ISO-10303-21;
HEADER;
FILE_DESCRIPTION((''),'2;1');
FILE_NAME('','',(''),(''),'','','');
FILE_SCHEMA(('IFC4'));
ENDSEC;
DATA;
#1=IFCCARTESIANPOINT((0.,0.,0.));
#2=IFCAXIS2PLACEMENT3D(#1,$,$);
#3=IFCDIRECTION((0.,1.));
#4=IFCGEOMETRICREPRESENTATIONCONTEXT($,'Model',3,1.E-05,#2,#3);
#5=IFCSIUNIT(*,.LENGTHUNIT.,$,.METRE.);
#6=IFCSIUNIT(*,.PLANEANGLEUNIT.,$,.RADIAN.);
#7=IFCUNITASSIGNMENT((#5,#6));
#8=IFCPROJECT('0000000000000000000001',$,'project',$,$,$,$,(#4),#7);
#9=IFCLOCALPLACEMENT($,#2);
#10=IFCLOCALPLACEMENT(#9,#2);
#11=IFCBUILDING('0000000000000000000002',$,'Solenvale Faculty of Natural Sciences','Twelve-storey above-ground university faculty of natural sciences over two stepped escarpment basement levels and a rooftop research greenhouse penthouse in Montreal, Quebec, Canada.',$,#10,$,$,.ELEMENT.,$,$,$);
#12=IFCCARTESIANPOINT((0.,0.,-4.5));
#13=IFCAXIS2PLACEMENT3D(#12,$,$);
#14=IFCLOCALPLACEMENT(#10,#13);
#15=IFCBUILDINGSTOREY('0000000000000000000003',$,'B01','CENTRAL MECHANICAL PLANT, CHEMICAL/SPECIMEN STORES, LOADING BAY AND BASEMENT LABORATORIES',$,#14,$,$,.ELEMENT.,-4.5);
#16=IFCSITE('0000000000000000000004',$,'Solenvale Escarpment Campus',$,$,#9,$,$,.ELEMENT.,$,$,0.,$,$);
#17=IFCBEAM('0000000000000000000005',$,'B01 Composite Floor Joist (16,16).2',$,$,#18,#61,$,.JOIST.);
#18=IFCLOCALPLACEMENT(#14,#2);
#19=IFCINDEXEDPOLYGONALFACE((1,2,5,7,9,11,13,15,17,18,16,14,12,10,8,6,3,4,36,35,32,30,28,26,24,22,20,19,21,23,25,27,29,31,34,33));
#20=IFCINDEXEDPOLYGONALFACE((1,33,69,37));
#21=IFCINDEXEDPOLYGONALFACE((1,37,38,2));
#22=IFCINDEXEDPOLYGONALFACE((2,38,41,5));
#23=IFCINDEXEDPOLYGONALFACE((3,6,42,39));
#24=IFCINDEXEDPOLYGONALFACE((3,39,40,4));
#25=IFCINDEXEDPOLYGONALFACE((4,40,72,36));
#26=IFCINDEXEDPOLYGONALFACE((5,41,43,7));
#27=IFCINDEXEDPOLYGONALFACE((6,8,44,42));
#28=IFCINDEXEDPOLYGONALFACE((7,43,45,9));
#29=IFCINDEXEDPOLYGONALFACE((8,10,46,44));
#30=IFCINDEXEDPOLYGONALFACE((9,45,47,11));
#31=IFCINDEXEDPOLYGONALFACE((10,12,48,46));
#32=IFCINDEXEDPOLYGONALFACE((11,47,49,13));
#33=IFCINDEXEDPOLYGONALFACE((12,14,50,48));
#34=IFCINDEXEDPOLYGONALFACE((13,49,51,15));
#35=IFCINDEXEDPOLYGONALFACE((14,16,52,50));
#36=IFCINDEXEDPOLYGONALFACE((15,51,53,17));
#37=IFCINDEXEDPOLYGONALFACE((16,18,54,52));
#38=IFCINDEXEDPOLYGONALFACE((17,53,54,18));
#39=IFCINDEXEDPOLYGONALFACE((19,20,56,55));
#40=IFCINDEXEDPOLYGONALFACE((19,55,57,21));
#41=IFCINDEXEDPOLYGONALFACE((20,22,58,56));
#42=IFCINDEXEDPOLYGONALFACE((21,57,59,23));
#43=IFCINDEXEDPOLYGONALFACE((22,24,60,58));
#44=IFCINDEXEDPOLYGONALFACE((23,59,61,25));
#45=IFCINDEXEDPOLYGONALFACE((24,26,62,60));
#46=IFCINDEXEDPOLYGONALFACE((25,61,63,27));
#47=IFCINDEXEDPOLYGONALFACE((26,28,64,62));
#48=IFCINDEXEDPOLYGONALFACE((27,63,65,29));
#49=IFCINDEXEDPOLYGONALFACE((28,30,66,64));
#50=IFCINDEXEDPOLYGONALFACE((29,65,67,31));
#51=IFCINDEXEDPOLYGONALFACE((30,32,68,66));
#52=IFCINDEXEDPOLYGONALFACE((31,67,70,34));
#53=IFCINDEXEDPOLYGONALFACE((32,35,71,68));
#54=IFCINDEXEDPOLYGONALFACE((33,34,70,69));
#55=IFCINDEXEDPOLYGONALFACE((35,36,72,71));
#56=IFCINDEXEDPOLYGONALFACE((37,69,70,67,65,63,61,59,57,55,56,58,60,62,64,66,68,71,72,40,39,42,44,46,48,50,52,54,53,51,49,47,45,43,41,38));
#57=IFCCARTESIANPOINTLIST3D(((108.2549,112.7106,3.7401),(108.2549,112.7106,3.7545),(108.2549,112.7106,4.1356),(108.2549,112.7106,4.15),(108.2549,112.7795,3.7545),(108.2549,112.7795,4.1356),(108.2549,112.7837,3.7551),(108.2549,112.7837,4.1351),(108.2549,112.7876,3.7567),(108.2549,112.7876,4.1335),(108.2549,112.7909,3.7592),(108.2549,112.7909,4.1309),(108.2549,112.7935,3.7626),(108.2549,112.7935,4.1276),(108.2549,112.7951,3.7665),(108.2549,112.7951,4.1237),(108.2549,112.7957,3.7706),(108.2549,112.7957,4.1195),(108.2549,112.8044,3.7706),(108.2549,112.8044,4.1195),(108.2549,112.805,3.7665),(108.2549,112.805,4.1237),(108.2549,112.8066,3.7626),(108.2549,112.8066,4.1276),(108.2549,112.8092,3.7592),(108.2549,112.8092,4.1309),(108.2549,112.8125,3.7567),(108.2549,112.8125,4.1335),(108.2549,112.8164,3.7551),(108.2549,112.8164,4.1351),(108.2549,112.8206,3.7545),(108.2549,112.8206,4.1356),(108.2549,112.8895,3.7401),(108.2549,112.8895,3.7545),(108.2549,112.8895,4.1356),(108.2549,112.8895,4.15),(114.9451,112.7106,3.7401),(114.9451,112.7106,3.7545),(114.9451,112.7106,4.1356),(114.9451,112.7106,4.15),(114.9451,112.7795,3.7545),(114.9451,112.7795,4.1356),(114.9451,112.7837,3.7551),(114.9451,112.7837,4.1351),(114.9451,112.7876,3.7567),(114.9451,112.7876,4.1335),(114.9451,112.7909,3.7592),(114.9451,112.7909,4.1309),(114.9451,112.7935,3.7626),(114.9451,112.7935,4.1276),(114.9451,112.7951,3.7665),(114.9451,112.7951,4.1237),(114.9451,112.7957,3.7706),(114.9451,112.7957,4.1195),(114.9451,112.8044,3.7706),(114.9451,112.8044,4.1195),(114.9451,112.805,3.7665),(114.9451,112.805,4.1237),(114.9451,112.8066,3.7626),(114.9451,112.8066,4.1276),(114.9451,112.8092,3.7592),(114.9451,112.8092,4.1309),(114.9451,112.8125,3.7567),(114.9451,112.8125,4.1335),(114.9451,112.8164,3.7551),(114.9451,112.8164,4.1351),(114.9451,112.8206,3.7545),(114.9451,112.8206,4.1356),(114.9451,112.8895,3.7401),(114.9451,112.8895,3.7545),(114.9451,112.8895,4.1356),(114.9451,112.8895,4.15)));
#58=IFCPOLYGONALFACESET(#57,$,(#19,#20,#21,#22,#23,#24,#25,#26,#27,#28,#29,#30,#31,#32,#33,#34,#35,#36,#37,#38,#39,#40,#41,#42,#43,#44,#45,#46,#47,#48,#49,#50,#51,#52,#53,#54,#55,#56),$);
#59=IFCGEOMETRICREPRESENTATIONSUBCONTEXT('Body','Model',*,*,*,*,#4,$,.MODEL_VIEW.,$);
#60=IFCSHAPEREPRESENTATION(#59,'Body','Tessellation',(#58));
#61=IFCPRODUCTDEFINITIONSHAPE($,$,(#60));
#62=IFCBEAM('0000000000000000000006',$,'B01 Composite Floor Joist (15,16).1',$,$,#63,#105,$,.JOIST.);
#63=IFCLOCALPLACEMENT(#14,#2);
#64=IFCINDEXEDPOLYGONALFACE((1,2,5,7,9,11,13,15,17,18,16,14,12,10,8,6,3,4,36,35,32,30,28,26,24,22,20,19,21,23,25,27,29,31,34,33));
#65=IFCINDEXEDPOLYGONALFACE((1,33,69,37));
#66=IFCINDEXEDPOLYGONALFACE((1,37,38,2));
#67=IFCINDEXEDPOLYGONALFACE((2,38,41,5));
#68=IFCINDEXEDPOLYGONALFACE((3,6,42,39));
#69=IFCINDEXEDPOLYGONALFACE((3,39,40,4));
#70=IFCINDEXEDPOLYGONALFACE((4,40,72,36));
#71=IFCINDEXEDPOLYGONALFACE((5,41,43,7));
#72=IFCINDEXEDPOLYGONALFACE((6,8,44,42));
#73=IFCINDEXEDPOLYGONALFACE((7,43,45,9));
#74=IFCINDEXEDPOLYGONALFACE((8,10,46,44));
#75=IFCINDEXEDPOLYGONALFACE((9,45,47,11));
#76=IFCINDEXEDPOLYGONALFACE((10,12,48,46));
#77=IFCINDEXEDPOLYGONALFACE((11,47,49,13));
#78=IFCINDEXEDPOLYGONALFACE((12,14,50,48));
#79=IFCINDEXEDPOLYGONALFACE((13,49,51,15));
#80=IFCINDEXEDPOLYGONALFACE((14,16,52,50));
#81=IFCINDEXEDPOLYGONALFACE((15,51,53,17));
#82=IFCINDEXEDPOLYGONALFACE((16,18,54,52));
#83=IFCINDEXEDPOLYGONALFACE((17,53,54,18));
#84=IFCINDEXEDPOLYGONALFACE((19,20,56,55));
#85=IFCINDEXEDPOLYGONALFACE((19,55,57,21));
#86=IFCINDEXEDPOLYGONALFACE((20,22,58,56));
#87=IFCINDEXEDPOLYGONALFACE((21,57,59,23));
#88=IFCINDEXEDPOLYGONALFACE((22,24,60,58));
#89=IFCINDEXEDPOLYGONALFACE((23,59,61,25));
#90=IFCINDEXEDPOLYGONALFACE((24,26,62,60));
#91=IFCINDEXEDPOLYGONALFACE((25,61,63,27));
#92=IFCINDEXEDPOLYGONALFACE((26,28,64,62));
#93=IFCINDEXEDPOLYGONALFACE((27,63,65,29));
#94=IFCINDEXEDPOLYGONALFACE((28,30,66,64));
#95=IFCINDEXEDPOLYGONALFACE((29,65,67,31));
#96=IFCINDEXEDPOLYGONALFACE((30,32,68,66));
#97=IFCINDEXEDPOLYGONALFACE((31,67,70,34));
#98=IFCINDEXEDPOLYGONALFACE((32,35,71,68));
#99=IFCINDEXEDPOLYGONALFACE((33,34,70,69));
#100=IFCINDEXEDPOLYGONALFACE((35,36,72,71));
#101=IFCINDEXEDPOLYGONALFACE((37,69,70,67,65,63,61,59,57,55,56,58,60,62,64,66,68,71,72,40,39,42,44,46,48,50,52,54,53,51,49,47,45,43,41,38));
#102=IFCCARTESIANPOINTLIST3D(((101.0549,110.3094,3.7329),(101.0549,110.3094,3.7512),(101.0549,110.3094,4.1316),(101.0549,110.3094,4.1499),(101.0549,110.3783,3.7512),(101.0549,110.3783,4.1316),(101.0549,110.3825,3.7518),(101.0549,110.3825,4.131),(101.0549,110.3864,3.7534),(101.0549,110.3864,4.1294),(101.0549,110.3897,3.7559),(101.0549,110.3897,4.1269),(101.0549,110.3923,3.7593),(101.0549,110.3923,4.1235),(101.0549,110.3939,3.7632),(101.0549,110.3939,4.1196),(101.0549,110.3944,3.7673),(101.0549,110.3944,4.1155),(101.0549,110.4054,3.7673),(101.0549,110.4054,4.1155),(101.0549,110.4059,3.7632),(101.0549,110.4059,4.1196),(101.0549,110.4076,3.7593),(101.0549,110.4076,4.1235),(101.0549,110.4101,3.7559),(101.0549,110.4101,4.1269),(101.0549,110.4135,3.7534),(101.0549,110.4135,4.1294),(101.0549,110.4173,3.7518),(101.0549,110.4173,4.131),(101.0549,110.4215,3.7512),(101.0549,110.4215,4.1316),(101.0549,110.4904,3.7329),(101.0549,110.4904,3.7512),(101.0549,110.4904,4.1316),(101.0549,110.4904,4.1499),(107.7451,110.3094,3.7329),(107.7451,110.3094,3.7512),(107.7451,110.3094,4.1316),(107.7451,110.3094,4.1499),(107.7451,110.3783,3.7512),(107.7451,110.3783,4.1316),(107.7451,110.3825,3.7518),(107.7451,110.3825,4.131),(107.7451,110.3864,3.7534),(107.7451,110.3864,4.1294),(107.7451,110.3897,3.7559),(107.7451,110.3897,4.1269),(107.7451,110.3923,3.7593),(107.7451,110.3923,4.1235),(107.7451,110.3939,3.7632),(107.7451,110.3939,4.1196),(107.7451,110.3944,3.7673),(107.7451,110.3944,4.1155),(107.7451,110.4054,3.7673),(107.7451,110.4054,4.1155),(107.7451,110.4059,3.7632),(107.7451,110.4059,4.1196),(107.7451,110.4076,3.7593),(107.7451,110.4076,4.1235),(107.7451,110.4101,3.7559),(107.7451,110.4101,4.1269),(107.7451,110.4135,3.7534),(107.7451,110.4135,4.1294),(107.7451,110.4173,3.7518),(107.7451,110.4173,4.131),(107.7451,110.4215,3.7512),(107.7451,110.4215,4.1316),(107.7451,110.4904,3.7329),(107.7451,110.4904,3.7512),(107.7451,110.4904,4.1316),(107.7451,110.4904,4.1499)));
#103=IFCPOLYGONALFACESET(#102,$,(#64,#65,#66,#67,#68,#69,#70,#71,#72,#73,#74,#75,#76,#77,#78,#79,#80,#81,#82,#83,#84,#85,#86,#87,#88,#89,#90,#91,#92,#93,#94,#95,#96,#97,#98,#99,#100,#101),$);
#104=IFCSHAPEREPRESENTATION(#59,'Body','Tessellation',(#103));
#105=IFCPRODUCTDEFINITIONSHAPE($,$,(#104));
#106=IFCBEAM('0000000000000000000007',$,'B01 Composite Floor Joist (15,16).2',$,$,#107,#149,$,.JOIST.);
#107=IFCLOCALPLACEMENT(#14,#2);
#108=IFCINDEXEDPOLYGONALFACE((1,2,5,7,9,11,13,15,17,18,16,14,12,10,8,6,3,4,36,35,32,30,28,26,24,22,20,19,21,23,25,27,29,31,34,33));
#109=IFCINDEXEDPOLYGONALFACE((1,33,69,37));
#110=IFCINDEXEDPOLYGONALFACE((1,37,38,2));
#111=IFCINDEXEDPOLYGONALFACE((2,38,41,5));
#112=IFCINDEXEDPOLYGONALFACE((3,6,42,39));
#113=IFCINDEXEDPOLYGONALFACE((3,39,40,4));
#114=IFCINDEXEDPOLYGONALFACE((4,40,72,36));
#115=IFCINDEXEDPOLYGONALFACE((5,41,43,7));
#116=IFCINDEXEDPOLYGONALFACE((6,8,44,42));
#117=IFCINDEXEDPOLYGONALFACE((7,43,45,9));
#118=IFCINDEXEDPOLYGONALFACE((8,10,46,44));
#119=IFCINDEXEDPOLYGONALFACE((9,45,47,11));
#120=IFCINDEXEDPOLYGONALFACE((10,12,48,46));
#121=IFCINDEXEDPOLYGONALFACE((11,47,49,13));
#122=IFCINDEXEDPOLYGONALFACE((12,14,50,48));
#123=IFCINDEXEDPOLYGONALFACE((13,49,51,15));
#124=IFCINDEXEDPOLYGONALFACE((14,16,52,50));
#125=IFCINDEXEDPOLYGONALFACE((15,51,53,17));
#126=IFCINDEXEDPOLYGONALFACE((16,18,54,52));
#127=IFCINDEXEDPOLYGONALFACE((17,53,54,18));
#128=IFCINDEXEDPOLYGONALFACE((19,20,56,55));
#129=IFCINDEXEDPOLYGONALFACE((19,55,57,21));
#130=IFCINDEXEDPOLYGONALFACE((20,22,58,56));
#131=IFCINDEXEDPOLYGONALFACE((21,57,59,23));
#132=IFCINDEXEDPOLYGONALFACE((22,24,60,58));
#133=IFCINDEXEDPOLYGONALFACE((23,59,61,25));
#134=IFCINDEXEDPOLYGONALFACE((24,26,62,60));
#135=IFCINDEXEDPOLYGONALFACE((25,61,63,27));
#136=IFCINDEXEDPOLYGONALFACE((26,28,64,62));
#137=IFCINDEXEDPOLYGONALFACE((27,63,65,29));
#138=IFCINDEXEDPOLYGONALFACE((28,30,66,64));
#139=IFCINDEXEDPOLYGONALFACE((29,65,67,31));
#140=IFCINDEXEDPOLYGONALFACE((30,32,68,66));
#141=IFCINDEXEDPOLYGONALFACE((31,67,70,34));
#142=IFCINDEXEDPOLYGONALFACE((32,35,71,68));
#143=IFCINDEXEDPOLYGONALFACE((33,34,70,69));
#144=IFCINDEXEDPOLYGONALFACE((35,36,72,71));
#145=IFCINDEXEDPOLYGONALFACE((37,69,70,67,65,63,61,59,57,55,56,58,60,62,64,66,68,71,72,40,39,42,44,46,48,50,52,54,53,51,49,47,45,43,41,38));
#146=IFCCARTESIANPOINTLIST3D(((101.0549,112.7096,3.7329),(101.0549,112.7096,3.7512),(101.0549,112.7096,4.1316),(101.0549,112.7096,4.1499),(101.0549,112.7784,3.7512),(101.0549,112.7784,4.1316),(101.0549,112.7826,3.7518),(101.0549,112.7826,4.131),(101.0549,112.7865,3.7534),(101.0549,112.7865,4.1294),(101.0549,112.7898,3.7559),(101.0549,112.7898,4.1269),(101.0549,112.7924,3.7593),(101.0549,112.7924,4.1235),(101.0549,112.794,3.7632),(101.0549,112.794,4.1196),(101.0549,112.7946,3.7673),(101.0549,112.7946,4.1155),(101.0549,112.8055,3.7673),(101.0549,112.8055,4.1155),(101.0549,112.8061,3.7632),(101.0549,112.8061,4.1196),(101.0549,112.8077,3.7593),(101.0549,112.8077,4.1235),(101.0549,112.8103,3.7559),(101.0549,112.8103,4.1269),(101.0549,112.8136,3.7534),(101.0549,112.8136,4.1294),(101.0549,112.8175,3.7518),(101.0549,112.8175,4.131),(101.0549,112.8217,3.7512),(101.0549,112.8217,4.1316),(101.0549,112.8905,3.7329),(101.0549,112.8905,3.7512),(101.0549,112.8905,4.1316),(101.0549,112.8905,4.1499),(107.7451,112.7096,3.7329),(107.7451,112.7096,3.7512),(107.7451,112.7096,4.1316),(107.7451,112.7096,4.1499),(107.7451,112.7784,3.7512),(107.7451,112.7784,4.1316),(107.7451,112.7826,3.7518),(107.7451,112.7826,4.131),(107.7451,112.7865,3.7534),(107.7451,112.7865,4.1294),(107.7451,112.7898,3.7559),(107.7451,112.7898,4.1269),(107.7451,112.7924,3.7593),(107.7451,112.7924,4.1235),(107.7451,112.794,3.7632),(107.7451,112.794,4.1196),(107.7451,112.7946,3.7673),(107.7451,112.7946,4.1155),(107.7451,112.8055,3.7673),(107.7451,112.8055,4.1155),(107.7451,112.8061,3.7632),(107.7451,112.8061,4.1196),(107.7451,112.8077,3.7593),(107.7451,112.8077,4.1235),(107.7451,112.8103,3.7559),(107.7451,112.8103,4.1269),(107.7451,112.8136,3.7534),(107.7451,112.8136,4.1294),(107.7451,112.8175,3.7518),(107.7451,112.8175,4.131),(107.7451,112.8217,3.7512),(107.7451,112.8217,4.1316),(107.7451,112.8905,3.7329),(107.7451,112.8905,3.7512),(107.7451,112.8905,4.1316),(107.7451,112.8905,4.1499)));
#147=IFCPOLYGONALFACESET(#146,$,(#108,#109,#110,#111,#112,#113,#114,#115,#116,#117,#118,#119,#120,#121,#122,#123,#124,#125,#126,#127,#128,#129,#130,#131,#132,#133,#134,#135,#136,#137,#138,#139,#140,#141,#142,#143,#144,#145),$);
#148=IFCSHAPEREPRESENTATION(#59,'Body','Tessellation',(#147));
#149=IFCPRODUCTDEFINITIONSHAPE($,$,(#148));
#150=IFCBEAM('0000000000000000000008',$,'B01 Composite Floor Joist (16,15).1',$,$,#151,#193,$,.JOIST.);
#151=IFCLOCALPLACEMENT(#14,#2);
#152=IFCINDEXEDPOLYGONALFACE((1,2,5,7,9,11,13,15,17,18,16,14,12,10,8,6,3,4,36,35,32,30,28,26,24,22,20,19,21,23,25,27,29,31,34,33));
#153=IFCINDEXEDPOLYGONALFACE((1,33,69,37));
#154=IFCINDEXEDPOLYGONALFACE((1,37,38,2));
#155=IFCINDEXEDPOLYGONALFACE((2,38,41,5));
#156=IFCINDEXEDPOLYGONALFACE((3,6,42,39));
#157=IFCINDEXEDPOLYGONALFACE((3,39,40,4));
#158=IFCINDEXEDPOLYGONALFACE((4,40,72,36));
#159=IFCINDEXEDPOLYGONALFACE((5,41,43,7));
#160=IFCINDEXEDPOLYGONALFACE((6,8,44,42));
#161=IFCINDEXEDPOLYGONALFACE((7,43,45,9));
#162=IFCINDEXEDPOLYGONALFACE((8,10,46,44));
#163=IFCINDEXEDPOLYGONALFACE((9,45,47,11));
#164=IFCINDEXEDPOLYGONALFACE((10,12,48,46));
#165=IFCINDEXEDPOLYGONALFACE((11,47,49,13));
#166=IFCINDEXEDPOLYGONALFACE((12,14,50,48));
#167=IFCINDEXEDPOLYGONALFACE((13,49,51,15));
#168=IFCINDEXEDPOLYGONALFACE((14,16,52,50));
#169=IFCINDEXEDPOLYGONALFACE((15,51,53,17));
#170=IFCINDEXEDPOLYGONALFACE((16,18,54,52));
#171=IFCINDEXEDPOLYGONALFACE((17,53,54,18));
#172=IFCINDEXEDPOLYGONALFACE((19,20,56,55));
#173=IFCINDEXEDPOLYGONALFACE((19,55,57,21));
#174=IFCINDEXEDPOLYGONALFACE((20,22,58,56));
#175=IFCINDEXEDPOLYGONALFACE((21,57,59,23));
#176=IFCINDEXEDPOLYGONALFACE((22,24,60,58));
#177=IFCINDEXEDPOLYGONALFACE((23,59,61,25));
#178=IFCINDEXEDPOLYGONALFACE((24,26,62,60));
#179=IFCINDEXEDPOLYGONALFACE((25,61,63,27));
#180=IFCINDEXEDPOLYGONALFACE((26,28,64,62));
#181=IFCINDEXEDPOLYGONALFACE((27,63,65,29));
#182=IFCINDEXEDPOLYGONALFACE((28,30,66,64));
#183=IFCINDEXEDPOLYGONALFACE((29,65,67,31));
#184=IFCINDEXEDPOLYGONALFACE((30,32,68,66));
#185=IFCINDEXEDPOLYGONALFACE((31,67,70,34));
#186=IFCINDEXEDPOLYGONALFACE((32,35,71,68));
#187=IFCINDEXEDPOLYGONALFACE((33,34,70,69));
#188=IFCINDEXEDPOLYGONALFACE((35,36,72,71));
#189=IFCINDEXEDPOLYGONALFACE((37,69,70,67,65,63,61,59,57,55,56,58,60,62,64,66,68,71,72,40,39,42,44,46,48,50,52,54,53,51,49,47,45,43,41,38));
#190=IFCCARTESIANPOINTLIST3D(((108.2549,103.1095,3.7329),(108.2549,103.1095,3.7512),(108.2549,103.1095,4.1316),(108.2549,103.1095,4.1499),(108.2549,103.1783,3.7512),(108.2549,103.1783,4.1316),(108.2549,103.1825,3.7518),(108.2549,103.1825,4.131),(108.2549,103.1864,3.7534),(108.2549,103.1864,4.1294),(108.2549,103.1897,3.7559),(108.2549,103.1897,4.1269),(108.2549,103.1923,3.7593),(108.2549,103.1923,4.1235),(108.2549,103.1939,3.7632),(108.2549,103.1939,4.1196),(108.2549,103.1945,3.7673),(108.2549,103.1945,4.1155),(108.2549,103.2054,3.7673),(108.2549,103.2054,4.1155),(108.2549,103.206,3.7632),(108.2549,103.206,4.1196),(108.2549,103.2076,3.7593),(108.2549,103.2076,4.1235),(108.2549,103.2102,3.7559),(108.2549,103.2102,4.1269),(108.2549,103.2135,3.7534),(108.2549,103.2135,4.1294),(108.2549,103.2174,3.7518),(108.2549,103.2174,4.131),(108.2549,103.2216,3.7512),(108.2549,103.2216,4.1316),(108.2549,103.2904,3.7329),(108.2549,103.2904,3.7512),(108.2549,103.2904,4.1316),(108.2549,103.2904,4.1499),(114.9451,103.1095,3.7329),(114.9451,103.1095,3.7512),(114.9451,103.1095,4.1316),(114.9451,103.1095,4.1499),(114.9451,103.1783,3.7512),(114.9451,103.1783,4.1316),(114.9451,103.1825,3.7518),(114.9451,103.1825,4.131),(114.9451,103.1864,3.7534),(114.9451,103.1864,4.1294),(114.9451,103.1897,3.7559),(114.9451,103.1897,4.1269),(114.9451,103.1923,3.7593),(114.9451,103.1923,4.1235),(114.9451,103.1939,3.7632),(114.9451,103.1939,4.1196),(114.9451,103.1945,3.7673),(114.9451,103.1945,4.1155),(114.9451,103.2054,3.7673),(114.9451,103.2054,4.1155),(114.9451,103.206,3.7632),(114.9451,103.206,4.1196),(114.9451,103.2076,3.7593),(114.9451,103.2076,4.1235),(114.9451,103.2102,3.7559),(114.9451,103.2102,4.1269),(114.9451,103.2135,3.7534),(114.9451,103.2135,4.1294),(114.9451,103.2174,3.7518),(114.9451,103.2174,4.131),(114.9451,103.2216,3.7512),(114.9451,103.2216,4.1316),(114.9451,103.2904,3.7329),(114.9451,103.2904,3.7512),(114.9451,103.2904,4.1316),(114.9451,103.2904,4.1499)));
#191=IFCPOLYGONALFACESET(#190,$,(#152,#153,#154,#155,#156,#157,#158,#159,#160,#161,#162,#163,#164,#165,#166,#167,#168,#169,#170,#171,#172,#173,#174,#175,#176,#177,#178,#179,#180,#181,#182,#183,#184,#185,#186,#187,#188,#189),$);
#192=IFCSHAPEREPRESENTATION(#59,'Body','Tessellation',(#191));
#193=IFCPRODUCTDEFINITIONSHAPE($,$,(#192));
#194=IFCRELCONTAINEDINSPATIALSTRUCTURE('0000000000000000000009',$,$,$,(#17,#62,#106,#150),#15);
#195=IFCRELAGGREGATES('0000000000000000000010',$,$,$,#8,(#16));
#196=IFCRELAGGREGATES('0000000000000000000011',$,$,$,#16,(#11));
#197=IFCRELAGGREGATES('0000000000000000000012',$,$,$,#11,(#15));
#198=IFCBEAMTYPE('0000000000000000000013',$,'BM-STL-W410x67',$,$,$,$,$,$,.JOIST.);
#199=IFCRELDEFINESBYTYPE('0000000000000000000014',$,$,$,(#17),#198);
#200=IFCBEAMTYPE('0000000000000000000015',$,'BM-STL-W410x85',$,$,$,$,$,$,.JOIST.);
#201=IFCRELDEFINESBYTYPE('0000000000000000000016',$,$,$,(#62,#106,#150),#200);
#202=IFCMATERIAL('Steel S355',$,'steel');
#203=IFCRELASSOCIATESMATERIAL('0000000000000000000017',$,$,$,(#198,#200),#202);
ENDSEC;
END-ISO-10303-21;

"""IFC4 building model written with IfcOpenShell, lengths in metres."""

from ifc_helpers import new_model, si_unit, direction, frame, origin, origin_2d, place, context, subcontext, project, spatial, i_section, extrude, material, material_profile, profile_set, type_object, element, save


model = new_model("IFC4")

# Units and contexts
model_context = context("Model", 3, precision=1e-05, world=origin(), true_north=direction((0.0, 1.0)))
body_context = subcontext(model_context, "Body", "Model", "MODEL_VIEW")
ifc_project = project(units=[si_unit("LENGTHUNIT", "METRE"), si_unit("PLANEANGLEUNIT", "RADIAN")], contexts=[model_context])

# Site, building, storey
site_placement = place(None, origin())
site = spatial("IfcSite", under=ifc_project, at=site_placement, Name="Solenvale Escarpment Campus", CompositionType="ELEMENT", RefElevation=0.0)
building_placement = place(site_placement, origin())
building = spatial("IfcBuilding", under=site, at=building_placement, Name="Solenvale Faculty of Natural Sciences", Description="Twelve-storey above-ground university faculty of natural sciences over two stepped escarpment basement levels and a rooftop research greenhouse penthouse in Montreal, Quebec, Canada.", CompositionType="ELEMENT")
storey_placement = place(building_placement, frame((0.0, 0.0, -4.5)))
storey = spatial("IfcBuildingStorey", under=building, at=storey_placement, Name="B01", Description="CENTRAL MECHANICAL PLANT, CHEMICAL/SPECIMEN STORES, LOADING BAY AND BASEMENT LABORATORIES", CompositionType="ELEMENT", Elevation=-4.5)

# Beams
ifc_material_1 = material(Name="Steel S355", Category="steel")
ifc_material_profile_1 = material_profile(ifc_material_1, i_section(OverallWidth=0.179, OverallDepth=0.4099, WebThickness=0.0088, FlangeThickness=0.0144, FilletRadius=0.0161, at=origin_2d()), Name="W410x67")
ifc_profile_set_1 = profile_set([ifc_material_profile_1], Name="Steel S355")
beam_type_1 = type_object("IfcBeamType", Name="BM-STL-W410x67", PredefinedType="JOIST", material=ifc_profile_set_1)
for number, where, z_axis, x_axis, name in (
    (1, (108.2549, 112.8, 3.9451), (1.0, 0.0, 0.0), (0.0, 1.0, 0.0), "B01 Composite Floor Joist (16,16).2"),
):
    element("IfcBeam", number, at=place(storey_placement, frame(where, z_axis=z_axis, x_axis=x_axis)), inside=storey, type_object=beam_type_1, Name=name, PredefinedType="JOIST", context=body_context, shape_type="SweptSolid", body=[
        extrude(i_section(OverallWidth=0.179, OverallDepth=0.4099, WebThickness=0.0088, FlangeThickness=0.0144, FilletRadius=0.0161, at=origin_2d()), origin(), (0.0, 0.0, 1.0), 6.6902),
    ])
ifc_material_profile_2 = material_profile(ifc_material_1, i_section(OverallWidth=0.1809, OverallDepth=0.417, WebThickness=0.011, FlangeThickness=0.0183, FilletRadius=0.0161, at=origin_2d()), Name="W410x85")
ifc_profile_set_2 = profile_set([ifc_material_profile_2], Name="Steel S355")
beam_type_2 = type_object("IfcBeamType", Name="BM-STL-W410x85", PredefinedType="JOIST", material=ifc_profile_set_2)
for number, where, z_axis, x_axis, name in (
    (2, (101.0549, 110.3999, 3.9414), (1.0, 0.0, 0.0), (0.0, 1.0, 0.0), "B01 Composite Floor Joist (15,16).1"),
    (3, (101.0549, 112.8, 3.9414), (1.0, 0.0, 0.0), (0.0, 1.0, 0.0), "B01 Composite Floor Joist (15,16).2"),
    (4, (108.2549, 103.2, 3.9414), (1.0, 0.0, 0.0), (0.0, 1.0, 0.0), "B01 Composite Floor Joist (16,15).1"),
):
    element("IfcBeam", number, at=place(storey_placement, frame(where, z_axis=z_axis, x_axis=x_axis)), inside=storey, type_object=beam_type_2, Name=name, PredefinedType="JOIST", context=body_context, shape_type="SweptSolid", body=[
        extrude(i_section(OverallWidth=0.1809, OverallDepth=0.417, WebThickness=0.011, FlangeThickness=0.0183, FilletRadius=0.0161, at=origin_2d()), origin(), (0.0, 0.0, 1.0), 6.6902),
    ])

save(model, "model.ifc")
